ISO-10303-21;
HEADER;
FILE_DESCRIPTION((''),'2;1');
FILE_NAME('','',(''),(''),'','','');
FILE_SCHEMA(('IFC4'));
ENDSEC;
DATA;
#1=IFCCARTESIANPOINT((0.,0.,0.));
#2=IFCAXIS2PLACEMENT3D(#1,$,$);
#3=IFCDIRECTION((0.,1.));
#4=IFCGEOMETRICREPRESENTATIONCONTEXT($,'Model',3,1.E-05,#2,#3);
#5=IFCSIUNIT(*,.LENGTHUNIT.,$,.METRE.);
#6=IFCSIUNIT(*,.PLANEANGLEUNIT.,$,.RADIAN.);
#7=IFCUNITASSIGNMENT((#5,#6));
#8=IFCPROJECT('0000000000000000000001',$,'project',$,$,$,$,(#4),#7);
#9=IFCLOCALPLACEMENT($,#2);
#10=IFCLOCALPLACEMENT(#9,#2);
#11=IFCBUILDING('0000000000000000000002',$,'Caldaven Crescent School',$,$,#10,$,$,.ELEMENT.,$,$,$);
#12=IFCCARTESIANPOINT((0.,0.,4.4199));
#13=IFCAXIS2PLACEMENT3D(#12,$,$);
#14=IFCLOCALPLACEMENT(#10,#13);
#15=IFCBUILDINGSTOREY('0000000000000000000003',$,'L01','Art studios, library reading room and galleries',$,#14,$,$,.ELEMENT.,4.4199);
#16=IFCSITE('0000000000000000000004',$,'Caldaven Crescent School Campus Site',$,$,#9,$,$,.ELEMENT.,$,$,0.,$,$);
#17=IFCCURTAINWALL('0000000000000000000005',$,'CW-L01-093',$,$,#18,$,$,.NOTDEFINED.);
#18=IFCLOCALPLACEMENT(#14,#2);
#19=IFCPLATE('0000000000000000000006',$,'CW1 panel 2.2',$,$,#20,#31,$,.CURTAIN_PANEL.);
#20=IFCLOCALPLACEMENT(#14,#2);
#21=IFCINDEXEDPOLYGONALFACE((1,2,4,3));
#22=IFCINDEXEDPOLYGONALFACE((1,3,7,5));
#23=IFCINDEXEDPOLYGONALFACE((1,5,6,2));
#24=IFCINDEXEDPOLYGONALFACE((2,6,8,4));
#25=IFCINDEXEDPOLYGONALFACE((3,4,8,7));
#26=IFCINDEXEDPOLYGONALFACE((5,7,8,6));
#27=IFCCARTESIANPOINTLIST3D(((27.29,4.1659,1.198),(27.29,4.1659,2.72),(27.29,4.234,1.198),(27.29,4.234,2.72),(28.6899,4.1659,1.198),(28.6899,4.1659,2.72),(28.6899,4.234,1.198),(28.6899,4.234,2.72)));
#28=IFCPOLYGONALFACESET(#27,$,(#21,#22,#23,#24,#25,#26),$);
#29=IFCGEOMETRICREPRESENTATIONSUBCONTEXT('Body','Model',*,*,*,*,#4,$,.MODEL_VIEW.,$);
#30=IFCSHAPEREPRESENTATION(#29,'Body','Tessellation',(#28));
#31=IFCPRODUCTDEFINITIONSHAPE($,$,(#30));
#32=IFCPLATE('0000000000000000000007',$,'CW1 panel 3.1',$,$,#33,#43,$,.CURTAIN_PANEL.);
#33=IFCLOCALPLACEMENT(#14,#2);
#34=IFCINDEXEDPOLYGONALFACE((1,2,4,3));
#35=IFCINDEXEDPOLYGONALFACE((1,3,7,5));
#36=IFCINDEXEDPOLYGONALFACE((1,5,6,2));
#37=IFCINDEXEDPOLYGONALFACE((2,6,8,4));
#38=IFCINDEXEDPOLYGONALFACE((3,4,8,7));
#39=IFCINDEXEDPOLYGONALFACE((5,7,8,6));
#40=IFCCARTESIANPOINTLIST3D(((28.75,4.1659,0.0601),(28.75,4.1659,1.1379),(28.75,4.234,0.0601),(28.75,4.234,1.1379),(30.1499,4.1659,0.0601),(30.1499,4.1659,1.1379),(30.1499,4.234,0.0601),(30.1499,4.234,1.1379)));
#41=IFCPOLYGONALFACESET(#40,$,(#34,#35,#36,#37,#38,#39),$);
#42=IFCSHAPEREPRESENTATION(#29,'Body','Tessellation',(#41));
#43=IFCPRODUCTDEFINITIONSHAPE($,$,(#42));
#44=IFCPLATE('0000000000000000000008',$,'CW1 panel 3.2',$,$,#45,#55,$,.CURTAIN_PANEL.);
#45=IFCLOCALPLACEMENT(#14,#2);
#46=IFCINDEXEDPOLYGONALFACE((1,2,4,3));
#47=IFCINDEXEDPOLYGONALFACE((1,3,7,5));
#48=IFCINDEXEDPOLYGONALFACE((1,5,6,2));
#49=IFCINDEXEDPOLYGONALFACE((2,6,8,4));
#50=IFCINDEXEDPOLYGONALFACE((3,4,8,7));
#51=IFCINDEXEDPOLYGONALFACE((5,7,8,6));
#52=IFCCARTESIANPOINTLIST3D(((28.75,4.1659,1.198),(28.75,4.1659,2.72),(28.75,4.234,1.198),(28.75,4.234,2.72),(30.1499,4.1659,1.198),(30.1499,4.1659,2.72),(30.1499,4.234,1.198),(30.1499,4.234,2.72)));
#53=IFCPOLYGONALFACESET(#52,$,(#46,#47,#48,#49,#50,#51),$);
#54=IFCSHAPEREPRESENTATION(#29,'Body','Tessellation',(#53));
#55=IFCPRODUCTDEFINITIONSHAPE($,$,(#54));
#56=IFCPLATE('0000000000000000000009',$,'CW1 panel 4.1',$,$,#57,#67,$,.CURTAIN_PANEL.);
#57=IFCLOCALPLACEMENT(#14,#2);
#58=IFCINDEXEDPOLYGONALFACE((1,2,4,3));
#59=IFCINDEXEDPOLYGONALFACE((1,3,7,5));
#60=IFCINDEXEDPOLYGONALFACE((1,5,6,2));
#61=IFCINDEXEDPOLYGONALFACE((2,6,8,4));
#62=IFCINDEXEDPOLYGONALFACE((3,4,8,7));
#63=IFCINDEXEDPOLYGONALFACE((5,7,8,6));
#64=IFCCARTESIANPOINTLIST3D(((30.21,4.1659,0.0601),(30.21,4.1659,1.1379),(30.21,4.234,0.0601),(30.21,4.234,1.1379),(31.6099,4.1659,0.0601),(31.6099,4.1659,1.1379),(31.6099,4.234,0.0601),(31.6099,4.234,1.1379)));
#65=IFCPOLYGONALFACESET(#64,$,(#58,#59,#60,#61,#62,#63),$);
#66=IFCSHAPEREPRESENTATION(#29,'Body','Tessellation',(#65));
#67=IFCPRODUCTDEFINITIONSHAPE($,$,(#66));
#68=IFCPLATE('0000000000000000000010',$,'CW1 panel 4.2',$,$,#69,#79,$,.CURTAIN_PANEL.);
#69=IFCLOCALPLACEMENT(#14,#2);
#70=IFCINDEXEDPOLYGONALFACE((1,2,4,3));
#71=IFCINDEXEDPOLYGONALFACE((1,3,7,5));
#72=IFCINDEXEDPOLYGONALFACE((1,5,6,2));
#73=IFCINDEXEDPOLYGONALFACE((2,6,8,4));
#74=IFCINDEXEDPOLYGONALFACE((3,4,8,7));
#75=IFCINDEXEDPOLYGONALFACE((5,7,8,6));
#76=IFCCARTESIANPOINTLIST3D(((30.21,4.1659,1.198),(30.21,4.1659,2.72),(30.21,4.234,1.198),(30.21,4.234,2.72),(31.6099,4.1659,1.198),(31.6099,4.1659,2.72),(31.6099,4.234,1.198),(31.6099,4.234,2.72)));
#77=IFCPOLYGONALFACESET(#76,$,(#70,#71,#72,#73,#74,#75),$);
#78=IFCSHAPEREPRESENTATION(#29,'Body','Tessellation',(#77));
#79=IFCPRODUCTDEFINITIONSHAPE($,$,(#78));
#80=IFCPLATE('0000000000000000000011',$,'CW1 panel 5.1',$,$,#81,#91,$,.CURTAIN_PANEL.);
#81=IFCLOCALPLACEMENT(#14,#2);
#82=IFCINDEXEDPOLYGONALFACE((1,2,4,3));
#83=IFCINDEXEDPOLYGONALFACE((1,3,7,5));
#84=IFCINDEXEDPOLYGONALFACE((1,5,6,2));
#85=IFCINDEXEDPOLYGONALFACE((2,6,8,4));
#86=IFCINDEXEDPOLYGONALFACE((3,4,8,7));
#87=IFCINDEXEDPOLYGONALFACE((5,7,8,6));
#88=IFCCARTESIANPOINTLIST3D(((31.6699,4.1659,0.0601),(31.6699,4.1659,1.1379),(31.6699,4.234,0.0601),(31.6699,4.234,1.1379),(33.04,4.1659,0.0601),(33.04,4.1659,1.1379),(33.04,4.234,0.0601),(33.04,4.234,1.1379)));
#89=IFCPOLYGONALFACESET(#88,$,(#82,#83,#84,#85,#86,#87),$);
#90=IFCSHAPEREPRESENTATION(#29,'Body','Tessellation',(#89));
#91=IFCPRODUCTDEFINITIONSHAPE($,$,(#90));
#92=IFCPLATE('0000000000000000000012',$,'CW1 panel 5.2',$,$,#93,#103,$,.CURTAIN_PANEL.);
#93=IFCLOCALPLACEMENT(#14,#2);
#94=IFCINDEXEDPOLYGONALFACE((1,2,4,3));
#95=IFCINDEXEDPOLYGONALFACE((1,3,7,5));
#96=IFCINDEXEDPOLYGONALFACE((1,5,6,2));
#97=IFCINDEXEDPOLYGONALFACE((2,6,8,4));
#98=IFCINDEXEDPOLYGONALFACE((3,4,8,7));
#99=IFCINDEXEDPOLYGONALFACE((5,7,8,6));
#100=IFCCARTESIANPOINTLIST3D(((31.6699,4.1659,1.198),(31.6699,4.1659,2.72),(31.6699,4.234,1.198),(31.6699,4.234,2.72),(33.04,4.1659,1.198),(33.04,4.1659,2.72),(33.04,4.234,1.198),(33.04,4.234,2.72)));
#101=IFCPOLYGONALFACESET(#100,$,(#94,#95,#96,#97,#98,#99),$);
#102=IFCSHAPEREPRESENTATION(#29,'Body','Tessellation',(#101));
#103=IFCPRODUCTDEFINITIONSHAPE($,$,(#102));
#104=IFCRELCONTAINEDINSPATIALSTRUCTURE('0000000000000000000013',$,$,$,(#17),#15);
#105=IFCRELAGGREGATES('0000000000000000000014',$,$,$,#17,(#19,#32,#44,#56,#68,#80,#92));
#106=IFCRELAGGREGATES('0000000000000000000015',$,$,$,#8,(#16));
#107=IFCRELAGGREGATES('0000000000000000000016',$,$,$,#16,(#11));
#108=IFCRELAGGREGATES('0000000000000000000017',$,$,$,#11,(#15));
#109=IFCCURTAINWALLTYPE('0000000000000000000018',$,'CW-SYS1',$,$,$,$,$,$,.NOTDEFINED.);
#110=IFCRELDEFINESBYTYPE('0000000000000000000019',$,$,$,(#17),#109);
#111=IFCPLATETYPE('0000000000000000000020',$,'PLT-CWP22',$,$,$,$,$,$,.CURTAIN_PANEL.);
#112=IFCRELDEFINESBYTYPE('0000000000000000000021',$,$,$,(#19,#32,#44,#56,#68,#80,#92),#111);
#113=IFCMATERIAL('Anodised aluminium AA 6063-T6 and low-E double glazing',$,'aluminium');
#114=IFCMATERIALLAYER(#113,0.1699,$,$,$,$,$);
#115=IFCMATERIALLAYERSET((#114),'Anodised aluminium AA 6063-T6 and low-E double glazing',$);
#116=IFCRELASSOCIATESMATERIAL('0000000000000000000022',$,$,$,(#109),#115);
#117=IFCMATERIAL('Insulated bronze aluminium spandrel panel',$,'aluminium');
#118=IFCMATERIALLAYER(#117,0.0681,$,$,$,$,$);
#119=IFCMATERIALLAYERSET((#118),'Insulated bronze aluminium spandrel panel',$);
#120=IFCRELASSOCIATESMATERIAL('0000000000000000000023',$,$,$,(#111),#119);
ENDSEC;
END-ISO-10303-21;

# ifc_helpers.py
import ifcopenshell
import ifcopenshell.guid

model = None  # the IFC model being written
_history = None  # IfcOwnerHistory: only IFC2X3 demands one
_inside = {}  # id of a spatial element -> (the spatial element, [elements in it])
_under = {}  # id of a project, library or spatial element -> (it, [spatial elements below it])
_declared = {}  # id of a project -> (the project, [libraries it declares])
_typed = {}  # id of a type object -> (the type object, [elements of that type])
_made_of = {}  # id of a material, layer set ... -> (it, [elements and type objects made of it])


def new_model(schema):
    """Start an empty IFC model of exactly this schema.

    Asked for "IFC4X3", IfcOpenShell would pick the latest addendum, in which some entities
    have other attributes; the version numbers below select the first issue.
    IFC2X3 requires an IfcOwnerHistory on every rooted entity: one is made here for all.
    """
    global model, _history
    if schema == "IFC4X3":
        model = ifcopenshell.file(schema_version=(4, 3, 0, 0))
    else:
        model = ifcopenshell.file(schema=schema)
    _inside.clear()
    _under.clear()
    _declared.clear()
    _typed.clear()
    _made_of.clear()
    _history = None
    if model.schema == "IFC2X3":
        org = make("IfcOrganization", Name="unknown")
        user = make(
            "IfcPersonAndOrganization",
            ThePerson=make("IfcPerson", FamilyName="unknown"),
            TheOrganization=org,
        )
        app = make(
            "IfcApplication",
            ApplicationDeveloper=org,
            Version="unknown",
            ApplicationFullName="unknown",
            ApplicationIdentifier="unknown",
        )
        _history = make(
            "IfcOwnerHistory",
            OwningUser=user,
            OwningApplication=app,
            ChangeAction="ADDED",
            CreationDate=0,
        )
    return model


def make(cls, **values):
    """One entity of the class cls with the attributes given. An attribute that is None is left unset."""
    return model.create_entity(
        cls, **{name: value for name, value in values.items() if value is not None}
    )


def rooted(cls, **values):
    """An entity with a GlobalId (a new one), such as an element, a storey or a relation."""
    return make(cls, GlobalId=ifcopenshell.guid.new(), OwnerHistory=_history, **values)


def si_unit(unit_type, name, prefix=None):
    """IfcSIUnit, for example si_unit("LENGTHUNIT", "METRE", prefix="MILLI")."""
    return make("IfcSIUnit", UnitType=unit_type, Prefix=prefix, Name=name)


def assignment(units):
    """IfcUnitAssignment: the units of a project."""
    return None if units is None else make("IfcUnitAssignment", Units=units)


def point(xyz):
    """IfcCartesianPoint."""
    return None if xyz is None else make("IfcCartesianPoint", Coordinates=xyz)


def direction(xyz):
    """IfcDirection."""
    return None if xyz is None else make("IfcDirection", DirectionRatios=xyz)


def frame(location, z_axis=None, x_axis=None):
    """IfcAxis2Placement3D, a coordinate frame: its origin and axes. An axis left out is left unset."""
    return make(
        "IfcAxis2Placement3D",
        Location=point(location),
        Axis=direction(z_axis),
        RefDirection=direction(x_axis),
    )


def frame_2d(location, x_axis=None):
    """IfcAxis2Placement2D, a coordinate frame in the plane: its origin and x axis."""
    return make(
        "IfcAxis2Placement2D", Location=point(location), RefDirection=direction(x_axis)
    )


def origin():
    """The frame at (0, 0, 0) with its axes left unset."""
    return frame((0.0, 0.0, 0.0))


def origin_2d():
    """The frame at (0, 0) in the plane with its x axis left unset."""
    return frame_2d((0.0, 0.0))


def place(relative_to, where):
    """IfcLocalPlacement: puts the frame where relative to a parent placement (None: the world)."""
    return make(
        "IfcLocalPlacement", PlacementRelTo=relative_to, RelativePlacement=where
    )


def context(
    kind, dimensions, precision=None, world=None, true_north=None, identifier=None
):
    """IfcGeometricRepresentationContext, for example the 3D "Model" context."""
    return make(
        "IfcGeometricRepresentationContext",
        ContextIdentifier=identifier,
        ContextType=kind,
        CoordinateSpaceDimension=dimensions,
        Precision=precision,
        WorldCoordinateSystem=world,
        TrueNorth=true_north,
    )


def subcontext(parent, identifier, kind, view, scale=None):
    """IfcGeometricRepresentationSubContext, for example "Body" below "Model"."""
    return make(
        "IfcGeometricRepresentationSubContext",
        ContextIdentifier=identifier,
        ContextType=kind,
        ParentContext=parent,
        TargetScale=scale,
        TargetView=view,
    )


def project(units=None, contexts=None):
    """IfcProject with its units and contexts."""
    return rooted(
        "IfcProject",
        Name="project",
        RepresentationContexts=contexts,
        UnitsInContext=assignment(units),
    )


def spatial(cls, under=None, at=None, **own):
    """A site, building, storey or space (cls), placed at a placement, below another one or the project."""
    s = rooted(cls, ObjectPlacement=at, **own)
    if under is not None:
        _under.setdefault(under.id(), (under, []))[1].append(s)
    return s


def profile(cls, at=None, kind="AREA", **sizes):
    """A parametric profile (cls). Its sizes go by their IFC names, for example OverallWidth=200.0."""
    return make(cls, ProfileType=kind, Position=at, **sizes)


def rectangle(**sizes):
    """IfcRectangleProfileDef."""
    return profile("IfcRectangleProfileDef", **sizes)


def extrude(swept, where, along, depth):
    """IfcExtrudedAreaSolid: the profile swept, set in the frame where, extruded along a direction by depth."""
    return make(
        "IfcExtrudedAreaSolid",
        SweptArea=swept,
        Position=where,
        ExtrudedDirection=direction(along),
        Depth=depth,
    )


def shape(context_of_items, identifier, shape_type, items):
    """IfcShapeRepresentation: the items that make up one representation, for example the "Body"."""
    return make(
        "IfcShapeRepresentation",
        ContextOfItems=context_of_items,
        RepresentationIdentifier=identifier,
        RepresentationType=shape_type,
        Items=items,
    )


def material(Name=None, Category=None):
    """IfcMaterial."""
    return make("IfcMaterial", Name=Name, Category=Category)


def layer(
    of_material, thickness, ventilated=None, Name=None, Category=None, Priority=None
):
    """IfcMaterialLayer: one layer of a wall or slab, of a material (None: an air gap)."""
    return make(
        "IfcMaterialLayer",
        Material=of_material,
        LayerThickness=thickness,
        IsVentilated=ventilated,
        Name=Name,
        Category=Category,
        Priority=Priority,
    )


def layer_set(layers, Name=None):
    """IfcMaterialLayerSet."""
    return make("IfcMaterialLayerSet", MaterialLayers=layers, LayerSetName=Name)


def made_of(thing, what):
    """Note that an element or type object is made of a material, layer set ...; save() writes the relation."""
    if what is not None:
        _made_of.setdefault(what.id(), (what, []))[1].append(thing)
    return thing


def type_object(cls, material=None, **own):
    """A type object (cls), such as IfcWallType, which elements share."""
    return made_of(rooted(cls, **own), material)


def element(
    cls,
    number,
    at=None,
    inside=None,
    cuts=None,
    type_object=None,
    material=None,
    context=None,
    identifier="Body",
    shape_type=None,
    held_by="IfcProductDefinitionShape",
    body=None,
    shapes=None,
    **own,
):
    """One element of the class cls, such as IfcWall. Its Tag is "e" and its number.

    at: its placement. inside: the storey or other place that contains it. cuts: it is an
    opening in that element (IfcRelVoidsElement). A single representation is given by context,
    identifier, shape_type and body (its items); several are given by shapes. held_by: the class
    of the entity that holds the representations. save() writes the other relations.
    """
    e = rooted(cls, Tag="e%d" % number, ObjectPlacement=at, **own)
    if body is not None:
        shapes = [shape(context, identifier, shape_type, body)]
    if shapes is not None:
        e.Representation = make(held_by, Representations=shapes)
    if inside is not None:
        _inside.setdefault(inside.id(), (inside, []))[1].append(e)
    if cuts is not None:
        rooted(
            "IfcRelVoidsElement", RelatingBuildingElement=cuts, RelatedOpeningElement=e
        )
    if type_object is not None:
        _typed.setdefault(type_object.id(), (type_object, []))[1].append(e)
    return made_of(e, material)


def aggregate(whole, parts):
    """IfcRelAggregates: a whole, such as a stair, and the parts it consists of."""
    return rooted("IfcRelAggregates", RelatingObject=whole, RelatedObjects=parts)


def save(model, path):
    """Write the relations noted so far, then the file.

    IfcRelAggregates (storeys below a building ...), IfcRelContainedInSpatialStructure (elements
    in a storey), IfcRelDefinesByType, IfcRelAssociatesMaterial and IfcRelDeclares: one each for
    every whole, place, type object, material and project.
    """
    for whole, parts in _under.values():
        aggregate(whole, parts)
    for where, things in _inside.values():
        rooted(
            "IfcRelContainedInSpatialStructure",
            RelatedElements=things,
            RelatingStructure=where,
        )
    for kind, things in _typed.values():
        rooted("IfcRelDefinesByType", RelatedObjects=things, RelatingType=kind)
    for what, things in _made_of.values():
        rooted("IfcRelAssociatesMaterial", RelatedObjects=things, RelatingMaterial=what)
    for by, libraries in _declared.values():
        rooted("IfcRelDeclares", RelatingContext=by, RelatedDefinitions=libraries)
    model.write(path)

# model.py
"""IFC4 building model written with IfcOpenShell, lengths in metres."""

from ifc_helpers import new_model, si_unit, direction, frame, origin, origin_2d, place, context, subcontext, project, spatial, rectangle, extrude, material, layer, layer_set, type_object, element, aggregate, save


model = new_model("IFC4")

# Units and contexts
model_context = context("Model", 3, precision=1e-05, world=origin(), true_north=direction((0.0, 1.0)))
body_context = subcontext(model_context, "Body", "Model", "MODEL_VIEW")
ifc_project = project(units=[si_unit("LENGTHUNIT", "METRE"), si_unit("PLANEANGLEUNIT", "RADIAN")], contexts=[model_context])

# Site, building, storey
site_placement = place(None, origin())
site = spatial("IfcSite", under=ifc_project, at=site_placement, Name="Caldaven Crescent School Campus Site", CompositionType="ELEMENT", RefElevation=0.0)
building_placement = place(site_placement, origin())
building = spatial("IfcBuilding", under=site, at=building_placement, Name="Caldaven Crescent School", CompositionType="ELEMENT")
storey_placement = place(building_placement, frame((0.0, 0.0, 4.4199)))
storey = spatial("IfcBuildingStorey", under=building, at=storey_placement, Name="L01", Description="Art studios, library reading room and galleries", CompositionType="ELEMENT", Elevation=4.4199)

# Curtain wall
ifc_material_1 = material(Name="Anodised aluminium AA 6063-T6 and low-E double glazing", Category="aluminium")
ifc_layer_1 = layer(ifc_material_1, 0.1699)
ifc_layer_set_1 = layer_set([ifc_layer_1], Name="Anodised aluminium AA 6063-T6 and low-E double glazing")
curtain_wall_type = type_object("IfcCurtainWallType", Name="CW-SYS1", PredefinedType="NOTDEFINED", material=ifc_layer_set_1)
curtain_wall_placement = place(storey_placement, origin())
curtain_wall = element("IfcCurtainWall", 1, at=curtain_wall_placement, inside=storey, type_object=curtain_wall_type, Name="CW-L01-093", PredefinedType="NOTDEFINED")

# Plates
ifc_material_2 = material(Name="Insulated bronze aluminium spandrel panel", Category="aluminium")
ifc_layer_2 = layer(ifc_material_2, 0.0681)
ifc_layer_set_2 = layer_set([ifc_layer_2], Name="Insulated bronze aluminium spandrel panel")
plate_type = type_object("IfcPlateType", Name="PLT-CWP22", PredefinedType="CURTAIN_PANEL", material=ifc_layer_set_2)
plate_1_placement = place(storey_placement, frame((27.99, 4.2, 1.198), z_axis=(0.0, 0.0, 1.0), x_axis=(1.0, 0.0, 0.0)))
plate_1 = element("IfcPlate", 2, at=plate_1_placement, type_object=plate_type, Name="CW1 panel 2.2", PredefinedType="CURTAIN_PANEL", context=body_context, shape_type="SweptSolid", body=[
    extrude(rectangle(XDim=1.3999, YDim=0.0681, at=origin_2d()), origin(), (0.0, 0.0, 1.0), 1.522),
])
plate_2_placement = place(storey_placement, frame((29.45, 4.2, 0.0601), z_axis=(0.0, 0.0, 1.0), x_axis=(1.0, 0.0, 0.0)))
plate_2 = element("IfcPlate", 3, at=plate_2_placement, type_object=plate_type, Name="CW1 panel 3.1", PredefinedType="CURTAIN_PANEL", context=body_context, shape_type="SweptSolid", body=[
    extrude(rectangle(XDim=1.3999, YDim=0.0681, at=origin_2d()), origin(), (0.0, 0.0, 1.0), 1.0779),
])
plate_3_placement = place(storey_placement, frame((29.45, 4.2, 1.198), z_axis=(0.0, 0.0, 1.0), x_axis=(1.0, 0.0, 0.0)))
plate_3 = element("IfcPlate", 4, at=plate_3_placement, type_object=plate_type, Name="CW1 panel 3.2", PredefinedType="CURTAIN_PANEL", context=body_context, shape_type="SweptSolid", body=[
    extrude(rectangle(XDim=1.3999, YDim=0.0681, at=origin_2d()), origin(), (0.0, 0.0, 1.0), 1.522),
])
plate_4_placement = place(storey_placement, frame((30.9099, 4.2, 0.0601), z_axis=(0.0, 0.0, 1.0), x_axis=(1.0, 0.0, 0.0)))
plate_4 = element("IfcPlate", 5, at=plate_4_placement, type_object=plate_type, Name="CW1 panel 4.1", PredefinedType="CURTAIN_PANEL", context=body_context, shape_type="SweptSolid", body=[
    extrude(rectangle(XDim=1.3999, YDim=0.0681, at=origin_2d()), origin(), (0.0, 0.0, 1.0), 1.0779),
])
plate_5_placement = place(storey_placement, frame((30.9099, 4.2, 1.198), z_axis=(0.0, 0.0, 1.0), x_axis=(1.0, 0.0, 0.0)))
plate_5 = element("IfcPlate", 6, at=plate_5_placement, type_object=plate_type, Name="CW1 panel 4.2", PredefinedType="CURTAIN_PANEL", context=body_context, shape_type="SweptSolid", body=[
    extrude(rectangle(XDim=1.3999, YDim=0.0681, at=origin_2d()), origin(), (0.0, 0.0, 1.0), 1.522),
])
plate_6_placement = place(storey_placement, frame((32.355, 4.2, 0.0601), z_axis=(0.0, 0.0, 1.0), x_axis=(1.0, 0.0, 0.0)))
plate_6 = element("IfcPlate", 7, at=plate_6_placement, type_object=plate_type, Name="CW1 panel 5.1", PredefinedType="CURTAIN_PANEL", context=body_context, shape_type="SweptSolid", body=[
    extrude(rectangle(XDim=1.3701, YDim=0.0681, at=origin_2d()), origin(), (0.0, 0.0, 1.0), 1.0779),
])
plate_7_placement = place(storey_placement, frame((32.355, 4.2, 1.198), z_axis=(0.0, 0.0, 1.0), x_axis=(1.0, 0.0, 0.0)))
plate_7 = element("IfcPlate", 8, at=plate_7_placement, type_object=plate_type, Name="CW1 panel 5.2", PredefinedType="CURTAIN_PANEL", context=body_context, shape_type="SweptSolid", body=[
    extrude(rectangle(XDim=1.3701, YDim=0.0681, at=origin_2d()), origin(), (0.0, 0.0, 1.0), 1.522),
])
aggregate(curtain_wall, [plate_1, plate_2, plate_3, plate_4, plate_5, plate_6, plate_7])

save(model, "model.ifc")
